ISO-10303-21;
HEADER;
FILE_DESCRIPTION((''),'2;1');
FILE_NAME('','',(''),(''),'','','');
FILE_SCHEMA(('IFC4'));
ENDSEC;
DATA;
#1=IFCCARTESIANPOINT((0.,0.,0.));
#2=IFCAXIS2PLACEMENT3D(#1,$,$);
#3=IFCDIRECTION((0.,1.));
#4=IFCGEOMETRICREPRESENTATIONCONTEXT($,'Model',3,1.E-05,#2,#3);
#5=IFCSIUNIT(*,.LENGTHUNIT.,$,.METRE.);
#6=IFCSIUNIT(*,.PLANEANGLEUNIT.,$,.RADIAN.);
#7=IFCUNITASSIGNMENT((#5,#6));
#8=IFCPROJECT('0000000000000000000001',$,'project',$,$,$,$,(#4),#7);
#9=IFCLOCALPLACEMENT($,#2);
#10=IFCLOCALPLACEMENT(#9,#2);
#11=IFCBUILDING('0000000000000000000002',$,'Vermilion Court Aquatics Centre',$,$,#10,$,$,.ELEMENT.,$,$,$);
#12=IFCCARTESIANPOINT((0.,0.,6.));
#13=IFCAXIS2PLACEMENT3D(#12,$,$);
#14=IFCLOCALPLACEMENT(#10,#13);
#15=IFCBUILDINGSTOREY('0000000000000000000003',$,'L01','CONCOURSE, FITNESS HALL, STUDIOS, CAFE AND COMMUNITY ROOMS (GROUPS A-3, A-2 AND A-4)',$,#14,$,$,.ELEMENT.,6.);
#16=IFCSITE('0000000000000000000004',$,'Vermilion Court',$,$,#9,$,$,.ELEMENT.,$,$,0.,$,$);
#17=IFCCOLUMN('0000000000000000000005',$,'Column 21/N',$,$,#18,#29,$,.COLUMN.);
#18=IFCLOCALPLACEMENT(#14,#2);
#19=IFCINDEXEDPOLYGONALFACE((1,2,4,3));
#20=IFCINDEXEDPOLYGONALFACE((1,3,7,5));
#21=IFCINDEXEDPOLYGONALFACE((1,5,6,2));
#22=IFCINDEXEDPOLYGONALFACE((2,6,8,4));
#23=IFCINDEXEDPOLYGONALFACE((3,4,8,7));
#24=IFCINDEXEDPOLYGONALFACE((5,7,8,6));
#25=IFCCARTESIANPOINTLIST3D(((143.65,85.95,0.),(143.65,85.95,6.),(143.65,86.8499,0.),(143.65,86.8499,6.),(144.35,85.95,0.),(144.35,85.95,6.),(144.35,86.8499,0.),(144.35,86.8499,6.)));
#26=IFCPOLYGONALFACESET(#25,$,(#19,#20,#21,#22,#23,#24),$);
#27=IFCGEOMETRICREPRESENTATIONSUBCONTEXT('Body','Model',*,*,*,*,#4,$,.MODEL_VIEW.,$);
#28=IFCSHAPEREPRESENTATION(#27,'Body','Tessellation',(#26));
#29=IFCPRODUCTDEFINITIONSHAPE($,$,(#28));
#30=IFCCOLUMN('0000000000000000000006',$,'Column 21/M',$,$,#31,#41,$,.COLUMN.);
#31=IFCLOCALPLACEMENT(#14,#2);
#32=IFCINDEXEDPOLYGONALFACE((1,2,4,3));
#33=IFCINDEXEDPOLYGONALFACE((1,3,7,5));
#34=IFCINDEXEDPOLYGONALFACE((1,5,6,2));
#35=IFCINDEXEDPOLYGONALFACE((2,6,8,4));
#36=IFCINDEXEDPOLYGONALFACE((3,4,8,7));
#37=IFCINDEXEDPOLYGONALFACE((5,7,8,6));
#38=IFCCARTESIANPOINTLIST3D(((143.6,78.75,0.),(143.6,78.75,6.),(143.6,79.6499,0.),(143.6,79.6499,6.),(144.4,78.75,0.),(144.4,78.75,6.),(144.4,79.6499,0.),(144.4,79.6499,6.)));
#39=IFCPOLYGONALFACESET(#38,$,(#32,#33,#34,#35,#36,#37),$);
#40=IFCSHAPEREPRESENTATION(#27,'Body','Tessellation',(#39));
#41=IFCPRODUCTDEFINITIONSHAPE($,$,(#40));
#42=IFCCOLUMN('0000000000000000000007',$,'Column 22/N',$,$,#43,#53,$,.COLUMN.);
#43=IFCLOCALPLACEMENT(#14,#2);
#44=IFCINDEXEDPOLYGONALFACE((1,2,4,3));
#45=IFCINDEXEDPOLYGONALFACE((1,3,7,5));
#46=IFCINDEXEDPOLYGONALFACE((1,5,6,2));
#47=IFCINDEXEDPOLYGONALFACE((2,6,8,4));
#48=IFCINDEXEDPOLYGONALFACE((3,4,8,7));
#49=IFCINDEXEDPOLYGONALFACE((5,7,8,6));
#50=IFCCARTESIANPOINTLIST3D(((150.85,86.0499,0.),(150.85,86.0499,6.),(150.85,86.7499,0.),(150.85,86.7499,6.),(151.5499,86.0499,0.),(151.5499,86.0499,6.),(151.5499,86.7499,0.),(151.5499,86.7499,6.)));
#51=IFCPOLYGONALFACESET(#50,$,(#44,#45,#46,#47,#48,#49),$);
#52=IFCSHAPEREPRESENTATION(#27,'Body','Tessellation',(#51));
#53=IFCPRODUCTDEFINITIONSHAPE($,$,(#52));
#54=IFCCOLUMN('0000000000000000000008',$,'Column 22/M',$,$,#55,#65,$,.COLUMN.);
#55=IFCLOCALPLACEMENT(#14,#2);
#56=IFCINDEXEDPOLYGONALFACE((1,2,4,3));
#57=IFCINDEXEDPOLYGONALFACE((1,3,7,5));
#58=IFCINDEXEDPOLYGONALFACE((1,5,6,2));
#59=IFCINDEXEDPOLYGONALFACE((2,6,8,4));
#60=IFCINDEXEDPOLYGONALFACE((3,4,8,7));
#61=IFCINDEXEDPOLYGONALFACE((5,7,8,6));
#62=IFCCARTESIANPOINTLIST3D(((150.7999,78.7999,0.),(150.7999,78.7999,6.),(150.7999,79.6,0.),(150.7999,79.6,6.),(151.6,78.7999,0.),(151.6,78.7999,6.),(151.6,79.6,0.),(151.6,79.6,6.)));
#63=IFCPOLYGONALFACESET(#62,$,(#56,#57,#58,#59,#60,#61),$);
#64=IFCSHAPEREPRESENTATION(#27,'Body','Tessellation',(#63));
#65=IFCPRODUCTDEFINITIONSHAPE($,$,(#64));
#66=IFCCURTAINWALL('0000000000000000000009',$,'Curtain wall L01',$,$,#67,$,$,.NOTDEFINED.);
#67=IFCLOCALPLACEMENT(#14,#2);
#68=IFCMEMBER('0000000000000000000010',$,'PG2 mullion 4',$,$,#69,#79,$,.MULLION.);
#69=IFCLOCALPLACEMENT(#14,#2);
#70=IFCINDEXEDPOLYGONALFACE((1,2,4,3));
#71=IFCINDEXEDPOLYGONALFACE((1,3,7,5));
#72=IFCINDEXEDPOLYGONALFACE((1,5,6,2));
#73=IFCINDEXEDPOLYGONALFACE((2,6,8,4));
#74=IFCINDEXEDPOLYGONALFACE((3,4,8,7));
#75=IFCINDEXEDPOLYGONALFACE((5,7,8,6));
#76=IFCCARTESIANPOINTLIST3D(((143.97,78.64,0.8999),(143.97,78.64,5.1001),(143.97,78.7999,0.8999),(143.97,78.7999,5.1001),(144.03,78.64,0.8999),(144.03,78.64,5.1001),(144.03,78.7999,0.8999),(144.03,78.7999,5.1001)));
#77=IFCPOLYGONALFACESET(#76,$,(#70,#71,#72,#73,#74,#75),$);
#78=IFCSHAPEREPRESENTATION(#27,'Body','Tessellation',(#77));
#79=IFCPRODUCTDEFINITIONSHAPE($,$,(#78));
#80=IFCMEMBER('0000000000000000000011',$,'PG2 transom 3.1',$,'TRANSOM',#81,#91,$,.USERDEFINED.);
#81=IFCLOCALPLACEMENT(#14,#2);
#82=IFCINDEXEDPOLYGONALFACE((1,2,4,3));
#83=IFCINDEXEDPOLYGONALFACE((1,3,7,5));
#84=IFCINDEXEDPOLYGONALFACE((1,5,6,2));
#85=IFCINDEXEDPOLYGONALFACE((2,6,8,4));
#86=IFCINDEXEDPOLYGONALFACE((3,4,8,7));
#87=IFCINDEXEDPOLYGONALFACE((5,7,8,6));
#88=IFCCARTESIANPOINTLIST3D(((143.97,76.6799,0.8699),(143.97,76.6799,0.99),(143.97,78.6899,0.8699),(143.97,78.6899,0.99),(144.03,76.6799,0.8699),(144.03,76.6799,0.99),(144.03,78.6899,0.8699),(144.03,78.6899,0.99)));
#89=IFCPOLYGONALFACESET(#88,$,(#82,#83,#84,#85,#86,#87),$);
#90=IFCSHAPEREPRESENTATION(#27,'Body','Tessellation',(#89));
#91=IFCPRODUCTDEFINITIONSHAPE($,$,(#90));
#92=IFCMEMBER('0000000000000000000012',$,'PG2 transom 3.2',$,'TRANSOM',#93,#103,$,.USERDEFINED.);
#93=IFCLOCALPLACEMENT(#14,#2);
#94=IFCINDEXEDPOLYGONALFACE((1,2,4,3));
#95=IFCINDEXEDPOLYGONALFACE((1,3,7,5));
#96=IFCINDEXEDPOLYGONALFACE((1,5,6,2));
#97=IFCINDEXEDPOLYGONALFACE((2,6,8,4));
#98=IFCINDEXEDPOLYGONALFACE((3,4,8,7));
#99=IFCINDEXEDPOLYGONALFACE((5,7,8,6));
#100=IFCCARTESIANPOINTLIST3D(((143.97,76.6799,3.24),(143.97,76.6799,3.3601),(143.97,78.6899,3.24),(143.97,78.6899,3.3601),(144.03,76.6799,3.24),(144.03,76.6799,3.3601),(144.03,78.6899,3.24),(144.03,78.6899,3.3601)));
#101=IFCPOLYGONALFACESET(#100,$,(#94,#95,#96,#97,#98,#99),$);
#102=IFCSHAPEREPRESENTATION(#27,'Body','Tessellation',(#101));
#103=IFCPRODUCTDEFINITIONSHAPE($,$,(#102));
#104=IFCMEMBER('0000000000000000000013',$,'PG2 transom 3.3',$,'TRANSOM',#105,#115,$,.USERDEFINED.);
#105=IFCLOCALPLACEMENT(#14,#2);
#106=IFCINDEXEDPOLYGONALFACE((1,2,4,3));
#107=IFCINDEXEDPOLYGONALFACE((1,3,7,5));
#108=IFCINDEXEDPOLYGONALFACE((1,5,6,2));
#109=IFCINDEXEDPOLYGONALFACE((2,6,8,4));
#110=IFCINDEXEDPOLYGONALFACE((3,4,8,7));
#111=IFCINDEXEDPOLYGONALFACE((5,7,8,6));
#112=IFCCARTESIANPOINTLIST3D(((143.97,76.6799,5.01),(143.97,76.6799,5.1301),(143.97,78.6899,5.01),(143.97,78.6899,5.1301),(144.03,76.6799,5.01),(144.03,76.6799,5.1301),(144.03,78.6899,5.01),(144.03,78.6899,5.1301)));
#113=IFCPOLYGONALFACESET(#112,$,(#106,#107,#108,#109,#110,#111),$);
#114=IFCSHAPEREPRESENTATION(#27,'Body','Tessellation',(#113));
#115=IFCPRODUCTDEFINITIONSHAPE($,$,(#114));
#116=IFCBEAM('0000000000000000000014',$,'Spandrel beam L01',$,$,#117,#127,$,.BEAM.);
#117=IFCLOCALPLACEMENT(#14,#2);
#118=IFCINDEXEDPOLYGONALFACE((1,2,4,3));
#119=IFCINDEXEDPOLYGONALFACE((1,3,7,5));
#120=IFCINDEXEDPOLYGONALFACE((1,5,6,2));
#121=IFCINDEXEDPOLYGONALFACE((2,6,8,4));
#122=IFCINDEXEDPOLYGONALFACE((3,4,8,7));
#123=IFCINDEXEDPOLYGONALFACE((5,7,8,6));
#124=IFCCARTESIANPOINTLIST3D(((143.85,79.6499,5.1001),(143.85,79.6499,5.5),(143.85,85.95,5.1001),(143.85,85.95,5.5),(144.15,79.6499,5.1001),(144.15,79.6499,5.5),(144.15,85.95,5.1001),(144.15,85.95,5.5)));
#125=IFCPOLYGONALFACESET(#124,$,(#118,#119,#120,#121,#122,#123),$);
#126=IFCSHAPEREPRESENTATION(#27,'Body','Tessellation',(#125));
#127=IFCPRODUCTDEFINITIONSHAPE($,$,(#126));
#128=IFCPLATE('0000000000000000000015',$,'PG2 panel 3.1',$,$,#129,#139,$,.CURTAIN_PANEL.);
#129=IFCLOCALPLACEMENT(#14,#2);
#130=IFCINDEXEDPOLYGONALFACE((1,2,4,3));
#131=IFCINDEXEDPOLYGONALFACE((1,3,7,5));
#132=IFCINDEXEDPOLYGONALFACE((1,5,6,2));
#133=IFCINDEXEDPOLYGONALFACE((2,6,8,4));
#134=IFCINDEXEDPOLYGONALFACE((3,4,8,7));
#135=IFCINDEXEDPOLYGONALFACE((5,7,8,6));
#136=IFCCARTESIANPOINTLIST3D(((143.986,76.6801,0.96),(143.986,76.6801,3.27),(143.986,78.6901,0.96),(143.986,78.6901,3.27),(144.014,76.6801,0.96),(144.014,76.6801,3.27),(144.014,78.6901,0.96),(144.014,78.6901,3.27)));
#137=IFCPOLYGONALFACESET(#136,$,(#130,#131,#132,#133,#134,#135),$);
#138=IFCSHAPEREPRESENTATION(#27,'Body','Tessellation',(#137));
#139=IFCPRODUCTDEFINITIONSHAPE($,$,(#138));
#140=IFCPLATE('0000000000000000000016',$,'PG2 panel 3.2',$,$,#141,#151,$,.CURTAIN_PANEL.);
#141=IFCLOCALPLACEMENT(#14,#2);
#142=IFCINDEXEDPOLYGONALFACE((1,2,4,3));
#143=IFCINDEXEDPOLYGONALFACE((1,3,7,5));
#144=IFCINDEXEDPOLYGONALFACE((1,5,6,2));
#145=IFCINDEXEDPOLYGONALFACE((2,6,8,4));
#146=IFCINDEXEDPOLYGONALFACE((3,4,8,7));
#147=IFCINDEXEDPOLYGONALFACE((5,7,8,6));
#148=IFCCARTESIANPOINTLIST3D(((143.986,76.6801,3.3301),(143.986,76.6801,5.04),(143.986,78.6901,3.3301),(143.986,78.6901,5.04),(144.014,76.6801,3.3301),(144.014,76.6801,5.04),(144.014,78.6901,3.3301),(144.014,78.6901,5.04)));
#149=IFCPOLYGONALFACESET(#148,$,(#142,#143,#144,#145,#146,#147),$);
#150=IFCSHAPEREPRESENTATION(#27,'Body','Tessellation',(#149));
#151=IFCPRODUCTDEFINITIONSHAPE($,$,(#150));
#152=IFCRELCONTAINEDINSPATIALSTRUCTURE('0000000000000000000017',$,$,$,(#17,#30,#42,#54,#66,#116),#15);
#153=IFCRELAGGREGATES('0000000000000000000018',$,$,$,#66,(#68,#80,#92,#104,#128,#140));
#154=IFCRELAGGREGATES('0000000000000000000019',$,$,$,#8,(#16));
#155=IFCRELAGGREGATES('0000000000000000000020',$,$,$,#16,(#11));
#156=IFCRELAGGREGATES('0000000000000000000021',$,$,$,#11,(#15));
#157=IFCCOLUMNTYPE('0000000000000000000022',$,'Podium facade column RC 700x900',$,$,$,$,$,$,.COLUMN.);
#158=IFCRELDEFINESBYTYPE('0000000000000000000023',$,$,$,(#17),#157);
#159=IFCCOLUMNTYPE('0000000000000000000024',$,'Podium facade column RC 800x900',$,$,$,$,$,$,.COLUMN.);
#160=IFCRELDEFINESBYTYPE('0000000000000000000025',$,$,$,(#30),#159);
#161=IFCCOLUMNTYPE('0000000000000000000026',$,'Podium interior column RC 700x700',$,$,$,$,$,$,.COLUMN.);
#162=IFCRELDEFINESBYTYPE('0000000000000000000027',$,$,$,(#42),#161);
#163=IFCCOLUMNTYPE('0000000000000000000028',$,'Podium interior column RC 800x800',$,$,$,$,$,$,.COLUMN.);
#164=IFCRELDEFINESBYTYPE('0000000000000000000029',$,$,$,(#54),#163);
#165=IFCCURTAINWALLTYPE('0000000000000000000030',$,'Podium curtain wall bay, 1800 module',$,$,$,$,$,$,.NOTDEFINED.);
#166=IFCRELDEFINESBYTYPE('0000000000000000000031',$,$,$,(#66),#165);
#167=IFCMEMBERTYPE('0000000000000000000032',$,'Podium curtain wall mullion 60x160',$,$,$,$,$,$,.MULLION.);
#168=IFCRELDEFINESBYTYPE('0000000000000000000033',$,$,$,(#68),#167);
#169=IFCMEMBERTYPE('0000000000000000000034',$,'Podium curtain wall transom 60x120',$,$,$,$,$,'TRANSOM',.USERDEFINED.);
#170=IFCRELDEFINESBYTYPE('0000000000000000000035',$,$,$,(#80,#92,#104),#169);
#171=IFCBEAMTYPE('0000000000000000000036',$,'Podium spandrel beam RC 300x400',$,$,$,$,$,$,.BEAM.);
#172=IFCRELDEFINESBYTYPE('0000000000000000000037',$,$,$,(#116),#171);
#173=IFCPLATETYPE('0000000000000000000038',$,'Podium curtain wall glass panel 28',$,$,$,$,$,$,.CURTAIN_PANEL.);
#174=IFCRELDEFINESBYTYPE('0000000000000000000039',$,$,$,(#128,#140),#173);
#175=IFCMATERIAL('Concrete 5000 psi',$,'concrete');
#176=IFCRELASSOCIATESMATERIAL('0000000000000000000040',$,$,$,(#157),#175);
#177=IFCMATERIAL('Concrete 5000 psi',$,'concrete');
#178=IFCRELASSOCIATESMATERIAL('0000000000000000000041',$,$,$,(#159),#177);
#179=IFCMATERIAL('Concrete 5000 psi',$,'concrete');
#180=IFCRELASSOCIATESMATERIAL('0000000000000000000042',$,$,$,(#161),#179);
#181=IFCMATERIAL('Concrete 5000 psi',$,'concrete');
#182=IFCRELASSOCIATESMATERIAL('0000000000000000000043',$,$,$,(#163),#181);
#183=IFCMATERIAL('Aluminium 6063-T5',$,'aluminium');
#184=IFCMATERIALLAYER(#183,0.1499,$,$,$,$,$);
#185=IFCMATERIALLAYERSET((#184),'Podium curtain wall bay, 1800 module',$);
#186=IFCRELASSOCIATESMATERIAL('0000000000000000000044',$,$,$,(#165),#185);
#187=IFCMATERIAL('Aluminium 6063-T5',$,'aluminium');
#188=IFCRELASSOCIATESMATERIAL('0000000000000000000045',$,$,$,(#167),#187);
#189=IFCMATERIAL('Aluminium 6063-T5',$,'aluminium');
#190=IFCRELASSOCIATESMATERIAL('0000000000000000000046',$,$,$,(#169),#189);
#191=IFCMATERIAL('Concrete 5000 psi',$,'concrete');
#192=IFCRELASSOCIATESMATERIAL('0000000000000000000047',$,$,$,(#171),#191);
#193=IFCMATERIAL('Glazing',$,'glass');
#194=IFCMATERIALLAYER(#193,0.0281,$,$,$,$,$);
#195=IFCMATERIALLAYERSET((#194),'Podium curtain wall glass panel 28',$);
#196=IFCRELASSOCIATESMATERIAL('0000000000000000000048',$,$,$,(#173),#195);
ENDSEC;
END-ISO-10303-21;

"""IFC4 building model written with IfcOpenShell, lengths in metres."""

from ifc_helpers import new_model, si_unit, direction, frame, origin, origin_2d, place, context, subcontext, project, spatial, rectangle, extrude, material, layer, layer_set, material_profile, profile_set, type_object, element, aggregate, save


model = new_model("IFC4")

# Units and contexts
model_context = context("Model", 3, precision=1e-05, world=origin(), true_north=direction((0.0, 1.0)))
body_context = subcontext(model_context, "Body", "Model", "MODEL_VIEW")
ifc_project = project(units=[si_unit("LENGTHUNIT", "METRE"), si_unit("PLANEANGLEUNIT", "RADIAN")], contexts=[model_context])

# Site, building, storey
site_placement = place(None, origin())
site = spatial("IfcSite", under=ifc_project, at=site_placement, Name="Vermilion Court", CompositionType="ELEMENT", RefElevation=0.0)
building_placement = place(site_placement, origin())
building = spatial("IfcBuilding", under=site, at=building_placement, Name="Vermilion Court Aquatics Centre", CompositionType="ELEMENT")
storey_placement = place(building_placement, frame((0.0, 0.0, 6.0)))
storey = spatial("IfcBuildingStorey", under=building, at=storey_placement, Name="L01", Description="CONCOURSE, FITNESS HALL, STUDIOS, CAFE AND COMMUNITY ROOMS (GROUPS A-3, A-2 AND A-4)", CompositionType="ELEMENT", Elevation=6.0)

# Columns
ifc_material_1 = material(Name="Concrete 5000 psi", Category="concrete")
ifc_material_profile_1 = material_profile(ifc_material_1, rectangle(XDim=0.7, YDim=0.8999, at=origin_2d()), Name="RC 700x900")
ifc_profile_set_1 = profile_set([ifc_material_profile_1], Name="Concrete 5000 psi")
column_type_1 = type_object("IfcColumnType", Name="Podium facade column RC 700x900", PredefinedType="COLUMN", material=ifc_profile_set_1)
column_1_placement = place(storey_placement, frame((144.0, 86.3999, 0.0), z_axis=(0.0, 0.0, 1.0), x_axis=(1.0, 0.0, 0.0)))
element("IfcColumn", 1, at=column_1_placement, inside=storey, type_object=column_type_1, Name="Column 21/N", PredefinedType="COLUMN", context=body_context, shape_type="SweptSolid", body=[
    extrude(rectangle(XDim=0.7, YDim=0.8999, at=origin_2d()), origin(), (0.0, 0.0, 1.0), 6.0),
])
ifc_material_2 = material(Name="Concrete 5000 psi", Category="concrete")
ifc_material_profile_2 = material_profile(ifc_material_2, rectangle(XDim=0.8, YDim=0.8999, at=origin_2d()), Name="RC 800x900")
ifc_profile_set_2 = profile_set([ifc_material_profile_2], Name="Concrete 5000 psi")
column_type_2 = type_object("IfcColumnType", Name="Podium facade column RC 800x900", PredefinedType="COLUMN", material=ifc_profile_set_2)
column_2_placement = place(storey_placement, frame((144.0, 79.2, 0.0), z_axis=(0.0, 0.0, 1.0), x_axis=(1.0, 0.0, 0.0)))
element("IfcColumn", 2, at=column_2_placement, inside=storey, type_object=column_type_2, Name="Column 21/M", PredefinedType="COLUMN", context=body_context, shape_type="SweptSolid", body=[
    extrude(rectangle(XDim=0.8, YDim=0.8999, at=origin_2d()), origin(), (0.0, 0.0, 1.0), 6.0),
])
ifc_material_3 = material(Name="Concrete 5000 psi", Category="concrete")
ifc_material_profile_3 = material_profile(ifc_material_3, rectangle(XDim=0.7, YDim=0.7, at=origin_2d()), Name="RC 700x700")
ifc_profile_set_3 = profile_set([ifc_material_profile_3], Name="Concrete 5000 psi")
column_type_3 = type_object("IfcColumnType", Name="Podium interior column RC 700x700", PredefinedType="COLUMN", material=ifc_profile_set_3)
column_3_placement = place(storey_placement, frame((151.2, 86.3999, 0.0), z_axis=(0.0, 0.0, 1.0), x_axis=(1.0, 0.0, 0.0)))
element("IfcColumn", 3, at=column_3_placement, inside=storey, type_object=column_type_3, Name="Column 22/N", PredefinedType="COLUMN", context=body_context, shape_type="SweptSolid", body=[
    extrude(rectangle(XDim=0.7, YDim=0.7, at=origin_2d()), origin(), (0.0, 0.0, 1.0), 6.0),
])
ifc_material_4 = material(Name="Concrete 5000 psi", Category="concrete")
ifc_material_profile_4 = material_profile(ifc_material_4, rectangle(XDim=0.8, YDim=0.8, at=origin_2d()), Name="RC 800x800")
ifc_profile_set_4 = profile_set([ifc_material_profile_4], Name="Concrete 5000 psi")
column_type_4 = type_object("IfcColumnType", Name="Podium interior column RC 800x800", PredefinedType="COLUMN", material=ifc_profile_set_4)
column_4_placement = place(storey_placement, frame((151.2, 79.2, 0.0), z_axis=(0.0, 0.0, 1.0), x_axis=(1.0, 0.0, 0.0)))
element("IfcColumn", 4, at=column_4_placement, inside=storey, type_object=column_type_4, Name="Column 22/M", PredefinedType="COLUMN", context=body_context, shape_type="SweptSolid", body=[
    extrude(rectangle(XDim=0.8, YDim=0.8, at=origin_2d()), origin(), (0.0, 0.0, 1.0), 6.0),
])

# Curtain wall, members
ifc_material_5 = material(Name="Aluminium 6063-T5", Category="aluminium")
ifc_layer_1 = layer(ifc_material_5, 0.1499)
ifc_layer_set_1 = layer_set([ifc_layer_1], Name="Podium curtain wall bay, 1800 module")
curtain_wall_type = type_object("IfcCurtainWallType", Name="Podium curtain wall bay, 1800 module", PredefinedType="NOTDEFINED", material=ifc_layer_set_1)
curtain_wall_placement = place(storey_placement, origin())
curtain_wall = element("IfcCurtainWall", 5, at=curtain_wall_placement, inside=storey, type_object=curtain_wall_type, Name="Curtain wall L01", PredefinedType="NOTDEFINED")
ifc_material_6 = material(Name="Aluminium 6063-T5", Category="aluminium")
ifc_material_profile_5 = material_profile(ifc_material_6, rectangle(XDim=0.0601, YDim=0.1599, at=origin_2d()), Name="Mullion 60x160")
ifc_profile_set_5 = profile_set([ifc_material_profile_5], Name="Aluminium 6063-T5")
member_type_1 = type_object("IfcMemberType", Name="Podium curtain wall mullion 60x160", PredefinedType="MULLION", material=ifc_profile_set_5)
member_1_placement = place(storey_placement, frame((144.0, 78.72, 0.8999), z_axis=(0.0, 0.0, 1.0), x_axis=(-1.0, 0.0, 0.0)))
member_1 = element("IfcMember", 6, at=member_1_placement, type_object=member_type_1, Name="PG2 mullion 4", PredefinedType="MULLION", context=body_context, shape_type="SweptSolid", body=[
    extrude(rectangle(XDim=0.0601, YDim=0.1599, at=origin_2d()), origin(), (0.0, 0.0, 1.0), 4.2002),
])
ifc_material_7 = material(Name="Aluminium 6063-T5", Category="aluminium")
ifc_material_profile_6 = material_profile(ifc_material_7, rectangle(XDim=0.0601, YDim=0.1201, at=origin_2d()), Name="Transom 60x120")
ifc_profile_set_6 = profile_set([ifc_material_profile_6], Name="Aluminium 6063-T5")
member_type_2 = type_object("IfcMemberType", Name="Podium curtain wall transom 60x120", ElementType="TRANSOM", PredefinedType="USERDEFINED", material=ifc_profile_set_6)
member_2_placement = place(storey_placement, frame((144.0, 76.6799, 0.9299), z_axis=(0.0, 1.0, 0.0), x_axis=(-1.0, 0.0, 0.0)))
member_2 = element("IfcMember", 7, at=member_2_placement, type_object=member_type_2, Name="PG2 transom 3.1", ObjectType="TRANSOM", PredefinedType="USERDEFINED", context=body_context, shape_type="SweptSolid", body=[
    extrude(rectangle(XDim=0.0601, YDim=0.1201, at=origin_2d()), origin(), (0.0, 0.0, 1.0), 2.01),
])
member_3_placement = place(storey_placement, frame((144.0, 76.6799, 3.3), z_axis=(0.0, 1.0, 0.0), x_axis=(-1.0, 0.0, 0.0)))
member_3 = element("IfcMember", 8, at=member_3_placement, type_object=member_type_2, Name="PG2 transom 3.2", ObjectType="TRANSOM", PredefinedType="USERDEFINED", context=body_context, shape_type="SweptSolid", body=[
    extrude(rectangle(XDim=0.0601, YDim=0.1201, at=origin_2d()), origin(), (0.0, 0.0, 1.0), 2.01),
])
member_4_placement = place(storey_placement, frame((144.0, 76.6799, 5.0701), z_axis=(0.0, 1.0, 0.0), x_axis=(-1.0, 0.0, 0.0)))
member_4 = element("IfcMember", 9, at=member_4_placement, type_object=member_type_2, Name="PG2 transom 3.3", ObjectType="TRANSOM", PredefinedType="USERDEFINED", context=body_context, shape_type="SweptSolid", body=[
    extrude(rectangle(XDim=0.0601, YDim=0.1201, at=origin_2d()), origin(), (0.0, 0.0, 1.0), 2.01),
])

# Beam
ifc_material_8 = material(Name="Concrete 5000 psi", Category="concrete")
ifc_material_profile_7 = material_profile(ifc_material_8, rectangle(XDim=0.3, YDim=0.3999, at=origin_2d()), Name="RC 300x400")
ifc_profile_set_7 = profile_set([ifc_material_profile_7], Name="Concrete 5000 psi")
beam_type = type_object("IfcBeamType", Name="Podium spandrel beam RC 300x400", PredefinedType="BEAM", material=ifc_profile_set_7)
beam_placement = place(storey_placement, frame((144.0, 79.6499, 5.3), z_axis=(0.0, 1.0, 0.0), x_axis=(-1.0, 0.0, 0.0)))
element("IfcBeam", 10, at=beam_placement, inside=storey, type_object=beam_type, Name="Spandrel beam L01", PredefinedType="BEAM", context=body_context, shape_type="SweptSolid", body=[
    extrude(rectangle(XDim=0.3, YDim=0.3999, at=origin_2d()), origin(), (0.0, 0.0, 1.0), 6.3),
])

# Plates
ifc_material_9 = material(Name="Glazing", Category="glass")
ifc_layer_2 = layer(ifc_material_9, 0.0281)
ifc_layer_set_2 = layer_set([ifc_layer_2], Name="Podium curtain wall glass panel 28")
plate_type = type_object("IfcPlateType", Name="Podium curtain wall glass panel 28", PredefinedType="CURTAIN_PANEL", material=ifc_layer_set_2)
plate_1_placement = place(storey_placement, frame((144.0, 77.6851, 0.96), z_axis=(0.0, 0.0, 1.0), x_axis=(0.0, 1.0, 0.0)))
plate_1 = element("IfcPlate", 11, at=plate_1_placement, type_object=plate_type, Name="PG2 panel 3.1", PredefinedType="CURTAIN_PANEL", context=body_context, shape_type="SweptSolid", body=[
    extrude(rectangle(XDim=2.01, YDim=0.0281, at=origin_2d()), origin(), (0.0, 0.0, 1.0), 2.3101),
])
plate_2_placement = place(storey_placement, frame((144.0, 77.6851, 3.3301), z_axis=(0.0, 0.0, 1.0), x_axis=(0.0, 1.0, 0.0)))
plate_2 = element("IfcPlate", 12, at=plate_2_placement, type_object=plate_type, Name="PG2 panel 3.2", PredefinedType="CURTAIN_PANEL", context=body_context, shape_type="SweptSolid", body=[
    extrude(rectangle(XDim=2.01, YDim=0.0281, at=origin_2d()), origin(), (0.0, 0.0, 1.0), 1.71),
])
aggregate(curtain_wall, [member_1, member_2, member_3, member_4, plate_1, plate_2])

save(model, "model.ifc")
